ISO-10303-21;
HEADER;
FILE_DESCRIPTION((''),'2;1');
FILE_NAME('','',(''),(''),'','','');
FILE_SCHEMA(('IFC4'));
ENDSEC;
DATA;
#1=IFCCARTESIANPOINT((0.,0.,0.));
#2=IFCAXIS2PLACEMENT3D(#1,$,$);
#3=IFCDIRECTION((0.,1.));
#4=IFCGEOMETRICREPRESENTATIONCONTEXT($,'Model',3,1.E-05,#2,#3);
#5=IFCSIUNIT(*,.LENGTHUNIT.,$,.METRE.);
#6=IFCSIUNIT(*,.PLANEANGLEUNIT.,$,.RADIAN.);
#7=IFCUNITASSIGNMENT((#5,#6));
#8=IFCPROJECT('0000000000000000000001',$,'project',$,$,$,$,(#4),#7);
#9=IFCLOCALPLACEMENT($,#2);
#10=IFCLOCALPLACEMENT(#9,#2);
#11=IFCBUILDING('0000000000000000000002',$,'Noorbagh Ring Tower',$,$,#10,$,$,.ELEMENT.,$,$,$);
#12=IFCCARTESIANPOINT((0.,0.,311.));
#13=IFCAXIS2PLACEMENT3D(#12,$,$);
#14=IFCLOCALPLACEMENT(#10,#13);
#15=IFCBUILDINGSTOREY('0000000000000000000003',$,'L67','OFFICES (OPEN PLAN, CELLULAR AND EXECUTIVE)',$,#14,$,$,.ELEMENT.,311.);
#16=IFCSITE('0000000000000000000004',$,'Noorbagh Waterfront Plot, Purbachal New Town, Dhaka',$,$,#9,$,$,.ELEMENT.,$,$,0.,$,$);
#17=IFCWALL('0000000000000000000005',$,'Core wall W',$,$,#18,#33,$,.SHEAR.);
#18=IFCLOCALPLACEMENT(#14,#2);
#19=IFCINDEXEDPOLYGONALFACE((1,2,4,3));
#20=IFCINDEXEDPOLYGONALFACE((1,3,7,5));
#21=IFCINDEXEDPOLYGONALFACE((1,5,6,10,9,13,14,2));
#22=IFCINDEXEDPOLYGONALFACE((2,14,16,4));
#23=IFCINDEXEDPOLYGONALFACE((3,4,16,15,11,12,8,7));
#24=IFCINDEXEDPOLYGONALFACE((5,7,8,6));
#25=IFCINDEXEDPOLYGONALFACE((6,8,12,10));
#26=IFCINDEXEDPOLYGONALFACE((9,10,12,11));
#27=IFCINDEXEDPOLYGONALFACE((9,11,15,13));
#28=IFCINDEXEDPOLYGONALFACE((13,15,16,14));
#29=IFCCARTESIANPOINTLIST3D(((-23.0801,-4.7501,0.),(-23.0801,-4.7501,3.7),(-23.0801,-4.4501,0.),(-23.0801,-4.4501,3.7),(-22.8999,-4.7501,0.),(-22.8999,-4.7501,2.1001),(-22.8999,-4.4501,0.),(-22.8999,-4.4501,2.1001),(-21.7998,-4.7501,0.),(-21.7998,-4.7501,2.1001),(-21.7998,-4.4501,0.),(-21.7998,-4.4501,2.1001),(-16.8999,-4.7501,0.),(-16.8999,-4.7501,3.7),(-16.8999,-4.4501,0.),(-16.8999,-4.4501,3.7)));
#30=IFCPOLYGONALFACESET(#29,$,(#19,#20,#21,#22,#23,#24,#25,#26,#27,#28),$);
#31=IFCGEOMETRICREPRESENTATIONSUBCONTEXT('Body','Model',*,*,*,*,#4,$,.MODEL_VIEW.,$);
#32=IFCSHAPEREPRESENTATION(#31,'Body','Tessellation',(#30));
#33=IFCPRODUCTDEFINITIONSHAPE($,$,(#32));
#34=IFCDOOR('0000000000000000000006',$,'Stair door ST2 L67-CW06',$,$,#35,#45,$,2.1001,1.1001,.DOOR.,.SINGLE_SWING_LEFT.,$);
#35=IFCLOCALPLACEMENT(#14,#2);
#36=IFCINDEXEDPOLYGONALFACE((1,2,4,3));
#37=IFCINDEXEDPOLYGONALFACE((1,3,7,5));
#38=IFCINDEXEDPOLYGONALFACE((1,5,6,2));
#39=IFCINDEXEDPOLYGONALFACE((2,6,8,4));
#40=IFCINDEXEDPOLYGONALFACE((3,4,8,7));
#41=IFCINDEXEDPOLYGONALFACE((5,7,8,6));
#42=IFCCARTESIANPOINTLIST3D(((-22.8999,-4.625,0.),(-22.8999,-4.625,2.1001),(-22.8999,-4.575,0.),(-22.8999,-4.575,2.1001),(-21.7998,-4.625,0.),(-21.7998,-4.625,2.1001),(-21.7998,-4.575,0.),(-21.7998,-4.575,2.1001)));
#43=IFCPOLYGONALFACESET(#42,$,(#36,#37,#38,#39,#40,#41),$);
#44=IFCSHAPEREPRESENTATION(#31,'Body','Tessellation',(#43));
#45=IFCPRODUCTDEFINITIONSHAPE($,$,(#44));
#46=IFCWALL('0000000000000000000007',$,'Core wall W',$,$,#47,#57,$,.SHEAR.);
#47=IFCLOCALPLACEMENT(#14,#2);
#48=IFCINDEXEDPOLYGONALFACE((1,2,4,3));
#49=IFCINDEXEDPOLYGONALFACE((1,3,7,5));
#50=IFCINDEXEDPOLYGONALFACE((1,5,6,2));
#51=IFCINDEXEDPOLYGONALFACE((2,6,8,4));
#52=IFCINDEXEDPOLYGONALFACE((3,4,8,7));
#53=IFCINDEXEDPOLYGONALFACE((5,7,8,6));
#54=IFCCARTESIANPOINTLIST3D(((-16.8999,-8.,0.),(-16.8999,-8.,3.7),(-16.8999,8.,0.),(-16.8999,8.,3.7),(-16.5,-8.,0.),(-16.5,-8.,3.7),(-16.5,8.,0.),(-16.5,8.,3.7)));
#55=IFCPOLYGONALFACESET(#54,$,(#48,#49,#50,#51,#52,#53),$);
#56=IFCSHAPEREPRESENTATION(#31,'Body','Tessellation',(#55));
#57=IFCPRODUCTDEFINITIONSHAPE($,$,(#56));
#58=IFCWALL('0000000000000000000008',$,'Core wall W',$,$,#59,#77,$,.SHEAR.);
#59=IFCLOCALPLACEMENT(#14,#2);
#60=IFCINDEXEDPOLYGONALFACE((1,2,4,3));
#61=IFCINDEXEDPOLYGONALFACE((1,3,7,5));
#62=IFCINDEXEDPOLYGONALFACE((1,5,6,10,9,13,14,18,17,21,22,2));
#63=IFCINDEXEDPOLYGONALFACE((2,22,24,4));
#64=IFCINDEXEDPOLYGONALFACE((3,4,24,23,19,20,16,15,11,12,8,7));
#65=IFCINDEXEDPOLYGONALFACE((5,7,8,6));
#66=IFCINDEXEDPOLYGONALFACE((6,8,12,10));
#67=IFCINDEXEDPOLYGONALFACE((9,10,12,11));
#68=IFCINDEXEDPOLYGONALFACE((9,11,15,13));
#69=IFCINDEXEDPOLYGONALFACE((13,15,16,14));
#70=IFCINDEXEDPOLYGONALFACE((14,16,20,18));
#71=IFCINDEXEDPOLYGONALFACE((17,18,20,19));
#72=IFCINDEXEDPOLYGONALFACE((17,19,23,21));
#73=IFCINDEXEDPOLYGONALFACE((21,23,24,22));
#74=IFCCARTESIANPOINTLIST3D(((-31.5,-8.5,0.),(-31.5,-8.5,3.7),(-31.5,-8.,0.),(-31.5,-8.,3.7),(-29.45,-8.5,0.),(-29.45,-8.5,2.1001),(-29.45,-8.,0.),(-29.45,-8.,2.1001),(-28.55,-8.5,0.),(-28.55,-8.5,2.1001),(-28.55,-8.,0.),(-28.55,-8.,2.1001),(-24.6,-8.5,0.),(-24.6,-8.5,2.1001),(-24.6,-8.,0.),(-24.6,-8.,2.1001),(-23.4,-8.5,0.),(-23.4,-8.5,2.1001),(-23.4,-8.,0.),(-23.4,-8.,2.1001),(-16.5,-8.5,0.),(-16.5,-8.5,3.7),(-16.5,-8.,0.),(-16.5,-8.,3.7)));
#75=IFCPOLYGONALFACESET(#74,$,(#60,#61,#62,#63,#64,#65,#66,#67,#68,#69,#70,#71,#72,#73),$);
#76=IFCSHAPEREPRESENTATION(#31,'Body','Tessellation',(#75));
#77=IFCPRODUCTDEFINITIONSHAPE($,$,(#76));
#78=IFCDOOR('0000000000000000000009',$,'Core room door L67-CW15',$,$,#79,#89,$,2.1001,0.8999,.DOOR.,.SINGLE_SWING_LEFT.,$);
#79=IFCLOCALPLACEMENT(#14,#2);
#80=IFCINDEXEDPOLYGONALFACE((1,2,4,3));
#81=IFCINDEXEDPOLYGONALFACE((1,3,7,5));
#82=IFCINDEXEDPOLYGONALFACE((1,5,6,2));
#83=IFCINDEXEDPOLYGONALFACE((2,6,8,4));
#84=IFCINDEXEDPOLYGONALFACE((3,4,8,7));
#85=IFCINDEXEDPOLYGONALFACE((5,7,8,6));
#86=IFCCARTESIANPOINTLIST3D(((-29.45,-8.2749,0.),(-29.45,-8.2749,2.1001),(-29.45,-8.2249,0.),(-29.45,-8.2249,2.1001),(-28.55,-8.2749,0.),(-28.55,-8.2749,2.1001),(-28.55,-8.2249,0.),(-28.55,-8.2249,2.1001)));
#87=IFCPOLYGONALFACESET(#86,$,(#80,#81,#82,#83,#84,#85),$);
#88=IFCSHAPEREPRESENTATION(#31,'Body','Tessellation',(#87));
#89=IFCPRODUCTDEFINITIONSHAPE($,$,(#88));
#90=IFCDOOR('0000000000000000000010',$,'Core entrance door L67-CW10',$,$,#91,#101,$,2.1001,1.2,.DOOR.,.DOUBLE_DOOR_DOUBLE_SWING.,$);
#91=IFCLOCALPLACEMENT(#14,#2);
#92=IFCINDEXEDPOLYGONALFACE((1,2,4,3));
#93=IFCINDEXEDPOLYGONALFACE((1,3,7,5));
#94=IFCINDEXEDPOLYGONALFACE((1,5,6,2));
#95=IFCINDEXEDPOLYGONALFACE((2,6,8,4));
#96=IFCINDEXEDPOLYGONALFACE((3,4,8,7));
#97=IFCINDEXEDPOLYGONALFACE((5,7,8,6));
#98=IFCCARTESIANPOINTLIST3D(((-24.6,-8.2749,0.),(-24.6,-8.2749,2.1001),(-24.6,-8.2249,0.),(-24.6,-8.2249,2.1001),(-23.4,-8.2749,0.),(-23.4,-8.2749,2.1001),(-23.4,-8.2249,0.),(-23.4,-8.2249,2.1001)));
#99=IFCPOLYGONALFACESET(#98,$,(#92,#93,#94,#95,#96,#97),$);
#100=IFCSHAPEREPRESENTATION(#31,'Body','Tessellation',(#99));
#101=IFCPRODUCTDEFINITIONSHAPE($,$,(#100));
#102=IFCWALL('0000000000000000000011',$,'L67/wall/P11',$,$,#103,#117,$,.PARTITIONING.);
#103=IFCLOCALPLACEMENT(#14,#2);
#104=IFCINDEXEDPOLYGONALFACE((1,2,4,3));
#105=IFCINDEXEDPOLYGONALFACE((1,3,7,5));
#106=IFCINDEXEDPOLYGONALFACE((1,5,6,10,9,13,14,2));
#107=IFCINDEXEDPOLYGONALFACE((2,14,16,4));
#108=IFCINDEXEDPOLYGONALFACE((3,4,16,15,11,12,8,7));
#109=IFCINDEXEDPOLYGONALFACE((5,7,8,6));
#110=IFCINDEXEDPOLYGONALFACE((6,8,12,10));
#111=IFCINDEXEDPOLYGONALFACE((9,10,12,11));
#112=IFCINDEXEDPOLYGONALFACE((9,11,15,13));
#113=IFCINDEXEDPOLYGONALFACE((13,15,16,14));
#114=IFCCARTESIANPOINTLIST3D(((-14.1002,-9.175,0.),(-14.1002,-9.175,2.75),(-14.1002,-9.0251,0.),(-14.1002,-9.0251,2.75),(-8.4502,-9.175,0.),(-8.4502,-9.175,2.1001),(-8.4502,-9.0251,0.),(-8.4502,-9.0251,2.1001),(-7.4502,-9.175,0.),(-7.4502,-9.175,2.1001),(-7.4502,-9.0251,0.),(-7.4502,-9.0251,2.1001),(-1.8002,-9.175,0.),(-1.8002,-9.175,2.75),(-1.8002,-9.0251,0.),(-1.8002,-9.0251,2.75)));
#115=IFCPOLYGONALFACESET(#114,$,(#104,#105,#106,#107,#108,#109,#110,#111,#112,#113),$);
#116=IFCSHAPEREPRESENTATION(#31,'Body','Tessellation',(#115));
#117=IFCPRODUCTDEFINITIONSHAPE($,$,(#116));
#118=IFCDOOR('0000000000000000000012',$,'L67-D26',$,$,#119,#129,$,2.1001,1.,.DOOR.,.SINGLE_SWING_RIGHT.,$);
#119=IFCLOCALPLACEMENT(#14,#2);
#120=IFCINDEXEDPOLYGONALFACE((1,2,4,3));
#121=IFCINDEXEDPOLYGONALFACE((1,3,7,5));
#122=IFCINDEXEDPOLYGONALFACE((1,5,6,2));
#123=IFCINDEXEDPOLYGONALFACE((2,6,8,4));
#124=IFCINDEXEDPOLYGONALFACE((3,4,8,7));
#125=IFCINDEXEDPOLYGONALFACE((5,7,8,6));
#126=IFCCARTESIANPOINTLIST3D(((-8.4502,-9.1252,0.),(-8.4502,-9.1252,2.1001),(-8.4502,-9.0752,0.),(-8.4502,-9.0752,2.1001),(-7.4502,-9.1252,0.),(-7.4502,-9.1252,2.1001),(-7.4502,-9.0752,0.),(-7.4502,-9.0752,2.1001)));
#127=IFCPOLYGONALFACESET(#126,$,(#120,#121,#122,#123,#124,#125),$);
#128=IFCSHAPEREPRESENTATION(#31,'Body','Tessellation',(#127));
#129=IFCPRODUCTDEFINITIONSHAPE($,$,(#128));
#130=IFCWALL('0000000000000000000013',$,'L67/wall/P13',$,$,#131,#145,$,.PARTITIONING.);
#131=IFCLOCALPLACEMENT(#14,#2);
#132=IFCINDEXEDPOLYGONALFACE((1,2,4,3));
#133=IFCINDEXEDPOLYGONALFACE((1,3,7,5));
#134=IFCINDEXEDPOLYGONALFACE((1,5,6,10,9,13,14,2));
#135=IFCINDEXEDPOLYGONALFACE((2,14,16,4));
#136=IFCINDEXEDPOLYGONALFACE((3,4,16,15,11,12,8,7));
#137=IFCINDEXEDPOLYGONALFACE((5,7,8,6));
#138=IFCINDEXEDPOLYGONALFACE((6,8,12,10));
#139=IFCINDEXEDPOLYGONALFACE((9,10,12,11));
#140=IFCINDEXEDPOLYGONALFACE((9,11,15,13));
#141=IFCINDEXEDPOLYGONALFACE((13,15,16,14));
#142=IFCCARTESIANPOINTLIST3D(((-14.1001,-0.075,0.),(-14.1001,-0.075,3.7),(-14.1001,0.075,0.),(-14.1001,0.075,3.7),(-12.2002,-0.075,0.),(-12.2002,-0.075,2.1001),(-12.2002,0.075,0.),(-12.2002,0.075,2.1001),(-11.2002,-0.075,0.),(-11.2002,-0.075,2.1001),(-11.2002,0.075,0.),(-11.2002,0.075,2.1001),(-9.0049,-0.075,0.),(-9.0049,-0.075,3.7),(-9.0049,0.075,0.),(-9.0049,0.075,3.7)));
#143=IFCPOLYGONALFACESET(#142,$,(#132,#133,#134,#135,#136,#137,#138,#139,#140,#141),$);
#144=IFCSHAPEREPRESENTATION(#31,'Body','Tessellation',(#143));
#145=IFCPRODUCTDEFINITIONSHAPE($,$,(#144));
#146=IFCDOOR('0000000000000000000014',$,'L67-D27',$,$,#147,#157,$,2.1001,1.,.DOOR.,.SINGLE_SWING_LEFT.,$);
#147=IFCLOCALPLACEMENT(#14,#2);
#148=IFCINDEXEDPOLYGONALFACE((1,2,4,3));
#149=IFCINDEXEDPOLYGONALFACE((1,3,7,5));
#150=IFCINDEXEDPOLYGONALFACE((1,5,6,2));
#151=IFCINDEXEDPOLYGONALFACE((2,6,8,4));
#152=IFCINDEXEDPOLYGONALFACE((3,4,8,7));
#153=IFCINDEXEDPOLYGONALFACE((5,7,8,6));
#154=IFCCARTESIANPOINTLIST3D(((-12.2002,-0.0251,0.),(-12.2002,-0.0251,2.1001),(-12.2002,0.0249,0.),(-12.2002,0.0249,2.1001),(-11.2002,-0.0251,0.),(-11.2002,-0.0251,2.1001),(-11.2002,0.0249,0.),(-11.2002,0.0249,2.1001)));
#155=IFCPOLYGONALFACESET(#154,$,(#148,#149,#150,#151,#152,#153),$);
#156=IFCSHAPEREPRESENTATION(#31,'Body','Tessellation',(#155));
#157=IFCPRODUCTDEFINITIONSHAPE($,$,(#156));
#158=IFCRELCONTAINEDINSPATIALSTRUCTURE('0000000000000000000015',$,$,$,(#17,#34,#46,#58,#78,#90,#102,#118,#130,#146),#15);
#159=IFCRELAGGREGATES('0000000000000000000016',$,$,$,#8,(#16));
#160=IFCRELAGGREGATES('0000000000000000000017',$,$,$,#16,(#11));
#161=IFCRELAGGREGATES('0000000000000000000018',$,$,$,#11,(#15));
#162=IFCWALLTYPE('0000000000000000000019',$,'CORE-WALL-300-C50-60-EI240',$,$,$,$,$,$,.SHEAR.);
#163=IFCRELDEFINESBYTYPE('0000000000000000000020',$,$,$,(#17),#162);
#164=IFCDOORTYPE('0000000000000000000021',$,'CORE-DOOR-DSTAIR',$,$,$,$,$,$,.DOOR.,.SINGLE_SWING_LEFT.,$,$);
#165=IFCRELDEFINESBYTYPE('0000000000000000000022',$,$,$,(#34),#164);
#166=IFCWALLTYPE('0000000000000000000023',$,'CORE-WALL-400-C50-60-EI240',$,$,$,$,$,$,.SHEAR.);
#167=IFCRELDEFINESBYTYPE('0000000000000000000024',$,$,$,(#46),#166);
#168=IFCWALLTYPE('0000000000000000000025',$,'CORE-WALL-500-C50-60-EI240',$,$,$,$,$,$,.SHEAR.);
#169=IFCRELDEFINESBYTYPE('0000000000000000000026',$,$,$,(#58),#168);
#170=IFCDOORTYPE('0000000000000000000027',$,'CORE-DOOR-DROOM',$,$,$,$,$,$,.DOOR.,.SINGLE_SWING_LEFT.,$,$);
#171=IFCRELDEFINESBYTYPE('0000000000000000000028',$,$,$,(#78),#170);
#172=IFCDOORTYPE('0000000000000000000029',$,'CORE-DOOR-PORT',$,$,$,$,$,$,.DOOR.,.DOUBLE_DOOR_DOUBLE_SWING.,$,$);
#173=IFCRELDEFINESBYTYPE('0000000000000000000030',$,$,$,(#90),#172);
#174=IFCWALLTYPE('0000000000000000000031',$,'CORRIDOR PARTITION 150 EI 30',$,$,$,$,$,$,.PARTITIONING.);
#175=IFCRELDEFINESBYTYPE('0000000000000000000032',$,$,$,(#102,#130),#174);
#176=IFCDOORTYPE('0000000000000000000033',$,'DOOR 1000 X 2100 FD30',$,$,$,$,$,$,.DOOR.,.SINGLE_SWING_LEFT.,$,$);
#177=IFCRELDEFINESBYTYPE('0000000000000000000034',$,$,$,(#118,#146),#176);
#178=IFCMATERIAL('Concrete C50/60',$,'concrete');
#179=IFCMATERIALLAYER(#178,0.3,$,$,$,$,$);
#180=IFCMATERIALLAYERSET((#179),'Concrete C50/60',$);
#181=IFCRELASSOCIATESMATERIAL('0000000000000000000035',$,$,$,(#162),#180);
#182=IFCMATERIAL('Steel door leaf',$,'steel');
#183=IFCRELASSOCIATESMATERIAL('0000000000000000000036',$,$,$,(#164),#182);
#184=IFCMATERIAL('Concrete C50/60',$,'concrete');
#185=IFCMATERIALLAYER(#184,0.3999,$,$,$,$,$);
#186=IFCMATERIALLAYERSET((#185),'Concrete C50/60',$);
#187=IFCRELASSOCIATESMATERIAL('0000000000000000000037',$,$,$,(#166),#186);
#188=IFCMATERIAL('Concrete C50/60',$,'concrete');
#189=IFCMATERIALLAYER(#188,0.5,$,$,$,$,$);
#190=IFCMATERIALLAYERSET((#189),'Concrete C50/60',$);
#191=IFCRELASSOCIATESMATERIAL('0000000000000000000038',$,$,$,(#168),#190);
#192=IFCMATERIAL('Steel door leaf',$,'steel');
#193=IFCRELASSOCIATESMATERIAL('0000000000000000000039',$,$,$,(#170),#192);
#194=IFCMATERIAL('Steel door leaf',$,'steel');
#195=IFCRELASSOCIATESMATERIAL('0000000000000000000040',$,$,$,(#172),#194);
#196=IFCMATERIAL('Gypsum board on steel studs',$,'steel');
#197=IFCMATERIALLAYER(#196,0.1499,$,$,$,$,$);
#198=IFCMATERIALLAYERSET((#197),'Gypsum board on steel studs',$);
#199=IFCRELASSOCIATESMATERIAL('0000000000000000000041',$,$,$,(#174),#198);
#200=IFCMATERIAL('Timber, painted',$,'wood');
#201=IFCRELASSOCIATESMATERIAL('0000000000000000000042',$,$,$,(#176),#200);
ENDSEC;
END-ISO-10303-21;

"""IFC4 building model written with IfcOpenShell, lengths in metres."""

from ifc_helpers import new_model, si_unit, direction, frame, frame_2d, origin, place, context, subcontext, project, spatial, rectangle, extrude, material, layer, layer_set, type_object, element, fill, save


model = new_model("IFC4")

# Units and contexts
model_context = context("Model", 3, precision=1e-05, world=origin(), true_north=direction((0.0, 1.0)))
body_context = subcontext(model_context, "Body", "Model", "MODEL_VIEW")
ifc_project = project(units=[si_unit("LENGTHUNIT", "METRE"), si_unit("PLANEANGLEUNIT", "RADIAN")], contexts=[model_context])

# Site, building, storey
site_placement = place(None, origin())
site = spatial("IfcSite", under=ifc_project, at=site_placement, Name="Noorbagh Waterfront Plot, Purbachal New Town, Dhaka", CompositionType="ELEMENT", RefElevation=0.0)
building_placement = place(site_placement, origin())
building = spatial("IfcBuilding", under=site, at=building_placement, Name="Noorbagh Ring Tower", CompositionType="ELEMENT")
storey_placement = place(building_placement, frame((0.0, 0.0, 311.0)))
storey = spatial("IfcBuildingStorey", under=building, at=storey_placement, Name="L67", Description="OFFICES (OPEN PLAN, CELLULAR AND EXECUTIVE)", CompositionType="ELEMENT", Elevation=311.0)

# Wall, opening, door
ifc_material_1 = material(Name="Concrete C50/60", Category="concrete")
ifc_layer_1 = layer(ifc_material_1, 0.3)
ifc_layer_set_1 = layer_set([ifc_layer_1], Name="Concrete C50/60")
wall_type_1 = type_object("IfcWallType", Name="CORE-WALL-300-C50-60-EI240", PredefinedType="SHEAR", material=ifc_layer_set_1)
wall_1_placement = place(storey_placement, frame((-16.8999, -4.6001, 0.0), z_axis=(0.0, 0.0, 1.0), x_axis=(-1.0, 0.0, 0.0)))
wall_1 = element("IfcWall", 1, at=wall_1_placement, inside=storey, type_object=wall_type_1, Name="Core wall W", PredefinedType="SHEAR", context=body_context, shape_type="SweptSolid", body=[
    extrude(rectangle(XDim=6.1802, YDim=0.3, at=frame_2d((3.0901, 0.0))), origin(), (0.0, 0.0, 1.0), 3.7),
])
opening_1_placement = place(wall_1_placement, frame((4.8999, 0.0, 0.0)))
opening_1 = element("IfcOpeningElement", 2, at=opening_1_placement, cuts=wall_1, PredefinedType="OPENING", context=body_context, shape_type="SweptSolid", body=[
    extrude(rectangle(XDim=1.1001, YDim=2.1001, at=frame_2d((0.55, 1.05))), frame((0.0, 0.1602, 0.0), z_axis=(0.0, -1.0, 0.0), x_axis=(1.0, 0.0, 0.0)), (0.0, 0.0, 1.0), 0.3201),
])
ifc_material_2 = material(Name="Steel door leaf", Category="steel")
door_type_1 = type_object("IfcDoorType", Name="CORE-DOOR-DSTAIR", OperationType="SINGLE_SWING_LEFT", PredefinedType="DOOR", material=ifc_material_2)
door_1_placement = place(opening_1_placement, origin())
door_1 = element("IfcDoor", 3, at=door_1_placement, inside=storey, type_object=door_type_1, Name="Stair door ST2 L67-CW06", OperationType="SINGLE_SWING_LEFT", OverallHeight=2.1001, OverallWidth=1.1001, PredefinedType="DOOR", context=body_context, shape_type="SweptSolid", body=[
    extrude(rectangle(XDim=1.1001, YDim=2.1001, at=frame_2d((0.55, 1.05))), frame((0.0, 0.0249, 0.0), z_axis=(0.0, -1.0, 0.0), x_axis=(1.0, 0.0, 0.0)), (0.0, 0.0, 1.0), 0.05),
])
fill(opening_1, door_1)

# Wall
ifc_material_3 = material(Name="Concrete C50/60", Category="concrete")
ifc_layer_2 = layer(ifc_material_3, 0.3999)
ifc_layer_set_2 = layer_set([ifc_layer_2], Name="Concrete C50/60")
wall_type_2 = type_object("IfcWallType", Name="CORE-WALL-400-C50-60-EI240", PredefinedType="SHEAR", material=ifc_layer_set_2)
wall_2_placement = place(storey_placement, frame((-16.7, -8.0, 0.0), z_axis=(0.0, 0.0, 1.0), x_axis=(0.0, 1.0, 0.0)))
element("IfcWall", 4, at=wall_2_placement, inside=storey, type_object=wall_type_2, Name="Core wall W", PredefinedType="SHEAR", context=body_context, shape_type="SweptSolid", body=[
    extrude(rectangle(XDim=16.0, YDim=0.3999, at=frame_2d((8.0, 0.0))), origin(), (0.0, 0.0, 1.0), 3.7),
])

# Wall, openings, doors
ifc_material_4 = material(Name="Concrete C50/60", Category="concrete")
ifc_layer_3 = layer(ifc_material_4, 0.5)
ifc_layer_set_3 = layer_set([ifc_layer_3], Name="Concrete C50/60")
wall_type_3 = type_object("IfcWallType", Name="CORE-WALL-500-C50-60-EI240", PredefinedType="SHEAR", material=ifc_layer_set_3)
wall_3_placement = place(storey_placement, frame((-16.5, -8.25, 0.0), z_axis=(0.0, 0.0, 1.0), x_axis=(-1.0, 0.0, 0.0)))
wall_3 = element("IfcWall", 5, at=wall_3_placement, inside=storey, type_object=wall_type_3, Name="Core wall W", PredefinedType="SHEAR", context=body_context, shape_type="SweptSolid", body=[
    extrude(rectangle(XDim=15.0, YDim=0.5, at=frame_2d((7.5, 0.0))), origin(), (0.0, 0.0, 1.0), 3.7),
])
opening_2_placement = place(wall_3_placement, frame((6.8999, 0.0, 0.0)))
opening_2 = element("IfcOpeningElement", 6, at=opening_2_placement, cuts=wall_3, PredefinedType="OPENING", context=body_context, shape_type="SweptSolid", body=[
    extrude(rectangle(XDim=1.2, YDim=2.1001, at=frame_2d((0.6001, 1.05))), frame((0.0, 0.26, 0.0), z_axis=(0.0, -1.0, 0.0), x_axis=(1.0, 0.0, 0.0)), (0.0, 0.0, 1.0), 0.52),
])
opening_3_placement = place(wall_3_placement, frame((12.05, 0.0, 0.0)))
opening_3 = element("IfcOpeningElement", 7, at=opening_3_placement, cuts=wall_3, PredefinedType="OPENING", context=body_context, shape_type="SweptSolid", body=[
    extrude(rectangle(XDim=0.8999, YDim=2.1001, at=frame_2d((0.45, 1.05))), frame((0.0, 0.26, 0.0), z_axis=(0.0, -1.0, 0.0), x_axis=(1.0, 0.0, 0.0)), (0.0, 0.0, 1.0), 0.52),
])
ifc_material_5 = material(Name="Steel door leaf", Category="steel")
door_type_2 = type_object("IfcDoorType", Name="CORE-DOOR-DROOM", OperationType="SINGLE_SWING_LEFT", PredefinedType="DOOR", material=ifc_material_5)
door_2_placement = place(opening_3_placement, origin())
door_2 = element("IfcDoor", 8, at=door_2_placement, inside=storey, type_object=door_type_2, Name="Core room door L67-CW15", OperationType="SINGLE_SWING_LEFT", OverallHeight=2.1001, OverallWidth=0.8999, PredefinedType="DOOR", context=body_context, shape_type="SweptSolid", body=[
    extrude(rectangle(XDim=0.8999, YDim=2.1001, at=frame_2d((0.45, 1.05))), frame((0.0, 0.0249, 0.0), z_axis=(0.0, -1.0, 0.0), x_axis=(1.0, 0.0, 0.0)), (0.0, 0.0, 1.0), 0.05),
])
fill(opening_3, door_2)
ifc_material_6 = material(Name="Steel door leaf", Category="steel")
door_type_3 = type_object("IfcDoorType", Name="CORE-DOOR-PORT", OperationType="DOUBLE_DOOR_DOUBLE_SWING", PredefinedType="DOOR", material=ifc_material_6)
door_3_placement = place(opening_2_placement, origin())
door_3 = element("IfcDoor", 9, at=door_3_placement, inside=storey, type_object=door_type_3, Name="Core entrance door L67-CW10", OperationType="DOUBLE_DOOR_DOUBLE_SWING", OverallHeight=2.1001, OverallWidth=1.2, PredefinedType="DOOR", context=body_context, shape_type="SweptSolid", body=[
    extrude(rectangle(XDim=1.2, YDim=2.1001, at=frame_2d((0.6001, 1.05))), frame((0.0, 0.0249, 0.0), z_axis=(0.0, -1.0, 0.0), x_axis=(1.0, 0.0, 0.0)), (0.0, 0.0, 1.0), 0.05),
])
fill(opening_2, door_3)

# Walls, openings, doors
ifc_material_7 = material(Name="Gypsum board on steel studs", Category="steel")
ifc_layer_4 = layer(ifc_material_7, 0.1499)
ifc_layer_set_4 = layer_set([ifc_layer_4], Name="Gypsum board on steel studs")
wall_type_4 = type_object("IfcWallType", Name="CORRIDOR PARTITION 150 EI 30", PredefinedType="PARTITIONING", material=ifc_layer_set_4)
wall_4_placement = place(storey_placement, frame((-14.1001, -9.1001, 0.0), z_axis=(0.0, 0.0, 1.0), x_axis=(1.0, 0.0, 0.0)))
wall_4 = element("IfcWall", 10, at=wall_4_placement, inside=storey, type_object=wall_type_4, Name="L67/wall/P11", PredefinedType="PARTITIONING", context=body_context, shape_type="SweptSolid", body=[
    extrude(rectangle(XDim=12.3, YDim=0.1499, at=frame_2d((6.1499, 0.0))), origin(), (0.0, 0.0, 1.0), 2.75),
])
opening_4_placement = place(wall_4_placement, frame((5.6499, 0.0, 0.0)))
opening_4 = element("IfcOpeningElement", 11, at=opening_4_placement, cuts=wall_4, PredefinedType="OPENING", context=body_context, shape_type="SweptSolid", body=[
    extrude(rectangle(XDim=1.0, YDim=2.1001, at=frame_2d((0.5, 1.05))), frame((0.0, 0.085, 0.0), z_axis=(0.0, -1.0, 0.0), x_axis=(1.0, 0.0, 0.0)), (0.0, 0.0, 1.0), 0.1699),
])
ifc_material_8 = material(Name="Timber, painted", Category="wood")
door_type_4 = type_object("IfcDoorType", Name="DOOR 1000 X 2100 FD30", OperationType="SINGLE_SWING_LEFT", PredefinedType="DOOR", material=ifc_material_8)
door_4_placement = place(opening_4_placement, origin())
door_4 = element("IfcDoor", 12, at=door_4_placement, inside=storey, type_object=door_type_4, Name="L67-D26", OperationType="SINGLE_SWING_RIGHT", OverallHeight=2.1001, OverallWidth=1.0, PredefinedType="DOOR", context=body_context, shape_type="SweptSolid", body=[
    extrude(rectangle(XDim=1.0, YDim=2.1001, at=frame_2d((0.5, 1.05))), frame((0.0, 0.0249, 0.0), z_axis=(0.0, -1.0, 0.0), x_axis=(1.0, 0.0, 0.0)), (0.0, 0.0, 1.0), 0.05),
])
fill(opening_4, door_4)
wall_5_placement = place(storey_placement, frame((-14.1001, 0.0, 0.0), z_axis=(0.0, 0.0, 1.0), x_axis=(1.0, 0.0, 0.0)))
wall_5 = element("IfcWall", 13, at=wall_5_placement, inside=storey, type_object=wall_type_4, Name="L67/wall/P13", PredefinedType="PARTITIONING", context=body_context, shape_type="SweptSolid", body=[
    extrude(rectangle(XDim=5.0952, YDim=0.1499, at=frame_2d((2.5476, 0.0))), origin(), (0.0, 0.0, 1.0), 3.7),
])
opening_5_placement = place(wall_5_placement, frame((1.8999, 0.0, 0.0)))
opening_5 = element("IfcOpeningElement", 14, at=opening_5_placement, cuts=wall_5, PredefinedType="OPENING", context=body_context, shape_type="SweptSolid", body=[
    extrude(rectangle(XDim=1.0, YDim=2.1001, at=frame_2d((0.5, 1.05))), frame((0.0, 0.085, 0.0), z_axis=(0.0, -1.0, 0.0), x_axis=(1.0, 0.0, 0.0)), (0.0, 0.0, 1.0), 0.1699),
])
door_5_placement = place(opening_5_placement, origin())
door_5 = element("IfcDoor", 15, at=door_5_placement, inside=storey, type_object=door_type_4, Name="L67-D27", OperationType="SINGLE_SWING_LEFT", OverallHeight=2.1001, OverallWidth=1.0, PredefinedType="DOOR", context=body_context, shape_type="SweptSolid", body=[
    extrude(rectangle(XDim=1.0, YDim=2.1001, at=frame_2d((0.5, 1.05))), frame((0.0, 0.0249, 0.0), z_axis=(0.0, -1.0, 0.0), x_axis=(1.0, 0.0, 0.0)), (0.0, 0.0, 1.0), 0.05),
])
fill(opening_5, door_5)

save(model, "model.ifc")
